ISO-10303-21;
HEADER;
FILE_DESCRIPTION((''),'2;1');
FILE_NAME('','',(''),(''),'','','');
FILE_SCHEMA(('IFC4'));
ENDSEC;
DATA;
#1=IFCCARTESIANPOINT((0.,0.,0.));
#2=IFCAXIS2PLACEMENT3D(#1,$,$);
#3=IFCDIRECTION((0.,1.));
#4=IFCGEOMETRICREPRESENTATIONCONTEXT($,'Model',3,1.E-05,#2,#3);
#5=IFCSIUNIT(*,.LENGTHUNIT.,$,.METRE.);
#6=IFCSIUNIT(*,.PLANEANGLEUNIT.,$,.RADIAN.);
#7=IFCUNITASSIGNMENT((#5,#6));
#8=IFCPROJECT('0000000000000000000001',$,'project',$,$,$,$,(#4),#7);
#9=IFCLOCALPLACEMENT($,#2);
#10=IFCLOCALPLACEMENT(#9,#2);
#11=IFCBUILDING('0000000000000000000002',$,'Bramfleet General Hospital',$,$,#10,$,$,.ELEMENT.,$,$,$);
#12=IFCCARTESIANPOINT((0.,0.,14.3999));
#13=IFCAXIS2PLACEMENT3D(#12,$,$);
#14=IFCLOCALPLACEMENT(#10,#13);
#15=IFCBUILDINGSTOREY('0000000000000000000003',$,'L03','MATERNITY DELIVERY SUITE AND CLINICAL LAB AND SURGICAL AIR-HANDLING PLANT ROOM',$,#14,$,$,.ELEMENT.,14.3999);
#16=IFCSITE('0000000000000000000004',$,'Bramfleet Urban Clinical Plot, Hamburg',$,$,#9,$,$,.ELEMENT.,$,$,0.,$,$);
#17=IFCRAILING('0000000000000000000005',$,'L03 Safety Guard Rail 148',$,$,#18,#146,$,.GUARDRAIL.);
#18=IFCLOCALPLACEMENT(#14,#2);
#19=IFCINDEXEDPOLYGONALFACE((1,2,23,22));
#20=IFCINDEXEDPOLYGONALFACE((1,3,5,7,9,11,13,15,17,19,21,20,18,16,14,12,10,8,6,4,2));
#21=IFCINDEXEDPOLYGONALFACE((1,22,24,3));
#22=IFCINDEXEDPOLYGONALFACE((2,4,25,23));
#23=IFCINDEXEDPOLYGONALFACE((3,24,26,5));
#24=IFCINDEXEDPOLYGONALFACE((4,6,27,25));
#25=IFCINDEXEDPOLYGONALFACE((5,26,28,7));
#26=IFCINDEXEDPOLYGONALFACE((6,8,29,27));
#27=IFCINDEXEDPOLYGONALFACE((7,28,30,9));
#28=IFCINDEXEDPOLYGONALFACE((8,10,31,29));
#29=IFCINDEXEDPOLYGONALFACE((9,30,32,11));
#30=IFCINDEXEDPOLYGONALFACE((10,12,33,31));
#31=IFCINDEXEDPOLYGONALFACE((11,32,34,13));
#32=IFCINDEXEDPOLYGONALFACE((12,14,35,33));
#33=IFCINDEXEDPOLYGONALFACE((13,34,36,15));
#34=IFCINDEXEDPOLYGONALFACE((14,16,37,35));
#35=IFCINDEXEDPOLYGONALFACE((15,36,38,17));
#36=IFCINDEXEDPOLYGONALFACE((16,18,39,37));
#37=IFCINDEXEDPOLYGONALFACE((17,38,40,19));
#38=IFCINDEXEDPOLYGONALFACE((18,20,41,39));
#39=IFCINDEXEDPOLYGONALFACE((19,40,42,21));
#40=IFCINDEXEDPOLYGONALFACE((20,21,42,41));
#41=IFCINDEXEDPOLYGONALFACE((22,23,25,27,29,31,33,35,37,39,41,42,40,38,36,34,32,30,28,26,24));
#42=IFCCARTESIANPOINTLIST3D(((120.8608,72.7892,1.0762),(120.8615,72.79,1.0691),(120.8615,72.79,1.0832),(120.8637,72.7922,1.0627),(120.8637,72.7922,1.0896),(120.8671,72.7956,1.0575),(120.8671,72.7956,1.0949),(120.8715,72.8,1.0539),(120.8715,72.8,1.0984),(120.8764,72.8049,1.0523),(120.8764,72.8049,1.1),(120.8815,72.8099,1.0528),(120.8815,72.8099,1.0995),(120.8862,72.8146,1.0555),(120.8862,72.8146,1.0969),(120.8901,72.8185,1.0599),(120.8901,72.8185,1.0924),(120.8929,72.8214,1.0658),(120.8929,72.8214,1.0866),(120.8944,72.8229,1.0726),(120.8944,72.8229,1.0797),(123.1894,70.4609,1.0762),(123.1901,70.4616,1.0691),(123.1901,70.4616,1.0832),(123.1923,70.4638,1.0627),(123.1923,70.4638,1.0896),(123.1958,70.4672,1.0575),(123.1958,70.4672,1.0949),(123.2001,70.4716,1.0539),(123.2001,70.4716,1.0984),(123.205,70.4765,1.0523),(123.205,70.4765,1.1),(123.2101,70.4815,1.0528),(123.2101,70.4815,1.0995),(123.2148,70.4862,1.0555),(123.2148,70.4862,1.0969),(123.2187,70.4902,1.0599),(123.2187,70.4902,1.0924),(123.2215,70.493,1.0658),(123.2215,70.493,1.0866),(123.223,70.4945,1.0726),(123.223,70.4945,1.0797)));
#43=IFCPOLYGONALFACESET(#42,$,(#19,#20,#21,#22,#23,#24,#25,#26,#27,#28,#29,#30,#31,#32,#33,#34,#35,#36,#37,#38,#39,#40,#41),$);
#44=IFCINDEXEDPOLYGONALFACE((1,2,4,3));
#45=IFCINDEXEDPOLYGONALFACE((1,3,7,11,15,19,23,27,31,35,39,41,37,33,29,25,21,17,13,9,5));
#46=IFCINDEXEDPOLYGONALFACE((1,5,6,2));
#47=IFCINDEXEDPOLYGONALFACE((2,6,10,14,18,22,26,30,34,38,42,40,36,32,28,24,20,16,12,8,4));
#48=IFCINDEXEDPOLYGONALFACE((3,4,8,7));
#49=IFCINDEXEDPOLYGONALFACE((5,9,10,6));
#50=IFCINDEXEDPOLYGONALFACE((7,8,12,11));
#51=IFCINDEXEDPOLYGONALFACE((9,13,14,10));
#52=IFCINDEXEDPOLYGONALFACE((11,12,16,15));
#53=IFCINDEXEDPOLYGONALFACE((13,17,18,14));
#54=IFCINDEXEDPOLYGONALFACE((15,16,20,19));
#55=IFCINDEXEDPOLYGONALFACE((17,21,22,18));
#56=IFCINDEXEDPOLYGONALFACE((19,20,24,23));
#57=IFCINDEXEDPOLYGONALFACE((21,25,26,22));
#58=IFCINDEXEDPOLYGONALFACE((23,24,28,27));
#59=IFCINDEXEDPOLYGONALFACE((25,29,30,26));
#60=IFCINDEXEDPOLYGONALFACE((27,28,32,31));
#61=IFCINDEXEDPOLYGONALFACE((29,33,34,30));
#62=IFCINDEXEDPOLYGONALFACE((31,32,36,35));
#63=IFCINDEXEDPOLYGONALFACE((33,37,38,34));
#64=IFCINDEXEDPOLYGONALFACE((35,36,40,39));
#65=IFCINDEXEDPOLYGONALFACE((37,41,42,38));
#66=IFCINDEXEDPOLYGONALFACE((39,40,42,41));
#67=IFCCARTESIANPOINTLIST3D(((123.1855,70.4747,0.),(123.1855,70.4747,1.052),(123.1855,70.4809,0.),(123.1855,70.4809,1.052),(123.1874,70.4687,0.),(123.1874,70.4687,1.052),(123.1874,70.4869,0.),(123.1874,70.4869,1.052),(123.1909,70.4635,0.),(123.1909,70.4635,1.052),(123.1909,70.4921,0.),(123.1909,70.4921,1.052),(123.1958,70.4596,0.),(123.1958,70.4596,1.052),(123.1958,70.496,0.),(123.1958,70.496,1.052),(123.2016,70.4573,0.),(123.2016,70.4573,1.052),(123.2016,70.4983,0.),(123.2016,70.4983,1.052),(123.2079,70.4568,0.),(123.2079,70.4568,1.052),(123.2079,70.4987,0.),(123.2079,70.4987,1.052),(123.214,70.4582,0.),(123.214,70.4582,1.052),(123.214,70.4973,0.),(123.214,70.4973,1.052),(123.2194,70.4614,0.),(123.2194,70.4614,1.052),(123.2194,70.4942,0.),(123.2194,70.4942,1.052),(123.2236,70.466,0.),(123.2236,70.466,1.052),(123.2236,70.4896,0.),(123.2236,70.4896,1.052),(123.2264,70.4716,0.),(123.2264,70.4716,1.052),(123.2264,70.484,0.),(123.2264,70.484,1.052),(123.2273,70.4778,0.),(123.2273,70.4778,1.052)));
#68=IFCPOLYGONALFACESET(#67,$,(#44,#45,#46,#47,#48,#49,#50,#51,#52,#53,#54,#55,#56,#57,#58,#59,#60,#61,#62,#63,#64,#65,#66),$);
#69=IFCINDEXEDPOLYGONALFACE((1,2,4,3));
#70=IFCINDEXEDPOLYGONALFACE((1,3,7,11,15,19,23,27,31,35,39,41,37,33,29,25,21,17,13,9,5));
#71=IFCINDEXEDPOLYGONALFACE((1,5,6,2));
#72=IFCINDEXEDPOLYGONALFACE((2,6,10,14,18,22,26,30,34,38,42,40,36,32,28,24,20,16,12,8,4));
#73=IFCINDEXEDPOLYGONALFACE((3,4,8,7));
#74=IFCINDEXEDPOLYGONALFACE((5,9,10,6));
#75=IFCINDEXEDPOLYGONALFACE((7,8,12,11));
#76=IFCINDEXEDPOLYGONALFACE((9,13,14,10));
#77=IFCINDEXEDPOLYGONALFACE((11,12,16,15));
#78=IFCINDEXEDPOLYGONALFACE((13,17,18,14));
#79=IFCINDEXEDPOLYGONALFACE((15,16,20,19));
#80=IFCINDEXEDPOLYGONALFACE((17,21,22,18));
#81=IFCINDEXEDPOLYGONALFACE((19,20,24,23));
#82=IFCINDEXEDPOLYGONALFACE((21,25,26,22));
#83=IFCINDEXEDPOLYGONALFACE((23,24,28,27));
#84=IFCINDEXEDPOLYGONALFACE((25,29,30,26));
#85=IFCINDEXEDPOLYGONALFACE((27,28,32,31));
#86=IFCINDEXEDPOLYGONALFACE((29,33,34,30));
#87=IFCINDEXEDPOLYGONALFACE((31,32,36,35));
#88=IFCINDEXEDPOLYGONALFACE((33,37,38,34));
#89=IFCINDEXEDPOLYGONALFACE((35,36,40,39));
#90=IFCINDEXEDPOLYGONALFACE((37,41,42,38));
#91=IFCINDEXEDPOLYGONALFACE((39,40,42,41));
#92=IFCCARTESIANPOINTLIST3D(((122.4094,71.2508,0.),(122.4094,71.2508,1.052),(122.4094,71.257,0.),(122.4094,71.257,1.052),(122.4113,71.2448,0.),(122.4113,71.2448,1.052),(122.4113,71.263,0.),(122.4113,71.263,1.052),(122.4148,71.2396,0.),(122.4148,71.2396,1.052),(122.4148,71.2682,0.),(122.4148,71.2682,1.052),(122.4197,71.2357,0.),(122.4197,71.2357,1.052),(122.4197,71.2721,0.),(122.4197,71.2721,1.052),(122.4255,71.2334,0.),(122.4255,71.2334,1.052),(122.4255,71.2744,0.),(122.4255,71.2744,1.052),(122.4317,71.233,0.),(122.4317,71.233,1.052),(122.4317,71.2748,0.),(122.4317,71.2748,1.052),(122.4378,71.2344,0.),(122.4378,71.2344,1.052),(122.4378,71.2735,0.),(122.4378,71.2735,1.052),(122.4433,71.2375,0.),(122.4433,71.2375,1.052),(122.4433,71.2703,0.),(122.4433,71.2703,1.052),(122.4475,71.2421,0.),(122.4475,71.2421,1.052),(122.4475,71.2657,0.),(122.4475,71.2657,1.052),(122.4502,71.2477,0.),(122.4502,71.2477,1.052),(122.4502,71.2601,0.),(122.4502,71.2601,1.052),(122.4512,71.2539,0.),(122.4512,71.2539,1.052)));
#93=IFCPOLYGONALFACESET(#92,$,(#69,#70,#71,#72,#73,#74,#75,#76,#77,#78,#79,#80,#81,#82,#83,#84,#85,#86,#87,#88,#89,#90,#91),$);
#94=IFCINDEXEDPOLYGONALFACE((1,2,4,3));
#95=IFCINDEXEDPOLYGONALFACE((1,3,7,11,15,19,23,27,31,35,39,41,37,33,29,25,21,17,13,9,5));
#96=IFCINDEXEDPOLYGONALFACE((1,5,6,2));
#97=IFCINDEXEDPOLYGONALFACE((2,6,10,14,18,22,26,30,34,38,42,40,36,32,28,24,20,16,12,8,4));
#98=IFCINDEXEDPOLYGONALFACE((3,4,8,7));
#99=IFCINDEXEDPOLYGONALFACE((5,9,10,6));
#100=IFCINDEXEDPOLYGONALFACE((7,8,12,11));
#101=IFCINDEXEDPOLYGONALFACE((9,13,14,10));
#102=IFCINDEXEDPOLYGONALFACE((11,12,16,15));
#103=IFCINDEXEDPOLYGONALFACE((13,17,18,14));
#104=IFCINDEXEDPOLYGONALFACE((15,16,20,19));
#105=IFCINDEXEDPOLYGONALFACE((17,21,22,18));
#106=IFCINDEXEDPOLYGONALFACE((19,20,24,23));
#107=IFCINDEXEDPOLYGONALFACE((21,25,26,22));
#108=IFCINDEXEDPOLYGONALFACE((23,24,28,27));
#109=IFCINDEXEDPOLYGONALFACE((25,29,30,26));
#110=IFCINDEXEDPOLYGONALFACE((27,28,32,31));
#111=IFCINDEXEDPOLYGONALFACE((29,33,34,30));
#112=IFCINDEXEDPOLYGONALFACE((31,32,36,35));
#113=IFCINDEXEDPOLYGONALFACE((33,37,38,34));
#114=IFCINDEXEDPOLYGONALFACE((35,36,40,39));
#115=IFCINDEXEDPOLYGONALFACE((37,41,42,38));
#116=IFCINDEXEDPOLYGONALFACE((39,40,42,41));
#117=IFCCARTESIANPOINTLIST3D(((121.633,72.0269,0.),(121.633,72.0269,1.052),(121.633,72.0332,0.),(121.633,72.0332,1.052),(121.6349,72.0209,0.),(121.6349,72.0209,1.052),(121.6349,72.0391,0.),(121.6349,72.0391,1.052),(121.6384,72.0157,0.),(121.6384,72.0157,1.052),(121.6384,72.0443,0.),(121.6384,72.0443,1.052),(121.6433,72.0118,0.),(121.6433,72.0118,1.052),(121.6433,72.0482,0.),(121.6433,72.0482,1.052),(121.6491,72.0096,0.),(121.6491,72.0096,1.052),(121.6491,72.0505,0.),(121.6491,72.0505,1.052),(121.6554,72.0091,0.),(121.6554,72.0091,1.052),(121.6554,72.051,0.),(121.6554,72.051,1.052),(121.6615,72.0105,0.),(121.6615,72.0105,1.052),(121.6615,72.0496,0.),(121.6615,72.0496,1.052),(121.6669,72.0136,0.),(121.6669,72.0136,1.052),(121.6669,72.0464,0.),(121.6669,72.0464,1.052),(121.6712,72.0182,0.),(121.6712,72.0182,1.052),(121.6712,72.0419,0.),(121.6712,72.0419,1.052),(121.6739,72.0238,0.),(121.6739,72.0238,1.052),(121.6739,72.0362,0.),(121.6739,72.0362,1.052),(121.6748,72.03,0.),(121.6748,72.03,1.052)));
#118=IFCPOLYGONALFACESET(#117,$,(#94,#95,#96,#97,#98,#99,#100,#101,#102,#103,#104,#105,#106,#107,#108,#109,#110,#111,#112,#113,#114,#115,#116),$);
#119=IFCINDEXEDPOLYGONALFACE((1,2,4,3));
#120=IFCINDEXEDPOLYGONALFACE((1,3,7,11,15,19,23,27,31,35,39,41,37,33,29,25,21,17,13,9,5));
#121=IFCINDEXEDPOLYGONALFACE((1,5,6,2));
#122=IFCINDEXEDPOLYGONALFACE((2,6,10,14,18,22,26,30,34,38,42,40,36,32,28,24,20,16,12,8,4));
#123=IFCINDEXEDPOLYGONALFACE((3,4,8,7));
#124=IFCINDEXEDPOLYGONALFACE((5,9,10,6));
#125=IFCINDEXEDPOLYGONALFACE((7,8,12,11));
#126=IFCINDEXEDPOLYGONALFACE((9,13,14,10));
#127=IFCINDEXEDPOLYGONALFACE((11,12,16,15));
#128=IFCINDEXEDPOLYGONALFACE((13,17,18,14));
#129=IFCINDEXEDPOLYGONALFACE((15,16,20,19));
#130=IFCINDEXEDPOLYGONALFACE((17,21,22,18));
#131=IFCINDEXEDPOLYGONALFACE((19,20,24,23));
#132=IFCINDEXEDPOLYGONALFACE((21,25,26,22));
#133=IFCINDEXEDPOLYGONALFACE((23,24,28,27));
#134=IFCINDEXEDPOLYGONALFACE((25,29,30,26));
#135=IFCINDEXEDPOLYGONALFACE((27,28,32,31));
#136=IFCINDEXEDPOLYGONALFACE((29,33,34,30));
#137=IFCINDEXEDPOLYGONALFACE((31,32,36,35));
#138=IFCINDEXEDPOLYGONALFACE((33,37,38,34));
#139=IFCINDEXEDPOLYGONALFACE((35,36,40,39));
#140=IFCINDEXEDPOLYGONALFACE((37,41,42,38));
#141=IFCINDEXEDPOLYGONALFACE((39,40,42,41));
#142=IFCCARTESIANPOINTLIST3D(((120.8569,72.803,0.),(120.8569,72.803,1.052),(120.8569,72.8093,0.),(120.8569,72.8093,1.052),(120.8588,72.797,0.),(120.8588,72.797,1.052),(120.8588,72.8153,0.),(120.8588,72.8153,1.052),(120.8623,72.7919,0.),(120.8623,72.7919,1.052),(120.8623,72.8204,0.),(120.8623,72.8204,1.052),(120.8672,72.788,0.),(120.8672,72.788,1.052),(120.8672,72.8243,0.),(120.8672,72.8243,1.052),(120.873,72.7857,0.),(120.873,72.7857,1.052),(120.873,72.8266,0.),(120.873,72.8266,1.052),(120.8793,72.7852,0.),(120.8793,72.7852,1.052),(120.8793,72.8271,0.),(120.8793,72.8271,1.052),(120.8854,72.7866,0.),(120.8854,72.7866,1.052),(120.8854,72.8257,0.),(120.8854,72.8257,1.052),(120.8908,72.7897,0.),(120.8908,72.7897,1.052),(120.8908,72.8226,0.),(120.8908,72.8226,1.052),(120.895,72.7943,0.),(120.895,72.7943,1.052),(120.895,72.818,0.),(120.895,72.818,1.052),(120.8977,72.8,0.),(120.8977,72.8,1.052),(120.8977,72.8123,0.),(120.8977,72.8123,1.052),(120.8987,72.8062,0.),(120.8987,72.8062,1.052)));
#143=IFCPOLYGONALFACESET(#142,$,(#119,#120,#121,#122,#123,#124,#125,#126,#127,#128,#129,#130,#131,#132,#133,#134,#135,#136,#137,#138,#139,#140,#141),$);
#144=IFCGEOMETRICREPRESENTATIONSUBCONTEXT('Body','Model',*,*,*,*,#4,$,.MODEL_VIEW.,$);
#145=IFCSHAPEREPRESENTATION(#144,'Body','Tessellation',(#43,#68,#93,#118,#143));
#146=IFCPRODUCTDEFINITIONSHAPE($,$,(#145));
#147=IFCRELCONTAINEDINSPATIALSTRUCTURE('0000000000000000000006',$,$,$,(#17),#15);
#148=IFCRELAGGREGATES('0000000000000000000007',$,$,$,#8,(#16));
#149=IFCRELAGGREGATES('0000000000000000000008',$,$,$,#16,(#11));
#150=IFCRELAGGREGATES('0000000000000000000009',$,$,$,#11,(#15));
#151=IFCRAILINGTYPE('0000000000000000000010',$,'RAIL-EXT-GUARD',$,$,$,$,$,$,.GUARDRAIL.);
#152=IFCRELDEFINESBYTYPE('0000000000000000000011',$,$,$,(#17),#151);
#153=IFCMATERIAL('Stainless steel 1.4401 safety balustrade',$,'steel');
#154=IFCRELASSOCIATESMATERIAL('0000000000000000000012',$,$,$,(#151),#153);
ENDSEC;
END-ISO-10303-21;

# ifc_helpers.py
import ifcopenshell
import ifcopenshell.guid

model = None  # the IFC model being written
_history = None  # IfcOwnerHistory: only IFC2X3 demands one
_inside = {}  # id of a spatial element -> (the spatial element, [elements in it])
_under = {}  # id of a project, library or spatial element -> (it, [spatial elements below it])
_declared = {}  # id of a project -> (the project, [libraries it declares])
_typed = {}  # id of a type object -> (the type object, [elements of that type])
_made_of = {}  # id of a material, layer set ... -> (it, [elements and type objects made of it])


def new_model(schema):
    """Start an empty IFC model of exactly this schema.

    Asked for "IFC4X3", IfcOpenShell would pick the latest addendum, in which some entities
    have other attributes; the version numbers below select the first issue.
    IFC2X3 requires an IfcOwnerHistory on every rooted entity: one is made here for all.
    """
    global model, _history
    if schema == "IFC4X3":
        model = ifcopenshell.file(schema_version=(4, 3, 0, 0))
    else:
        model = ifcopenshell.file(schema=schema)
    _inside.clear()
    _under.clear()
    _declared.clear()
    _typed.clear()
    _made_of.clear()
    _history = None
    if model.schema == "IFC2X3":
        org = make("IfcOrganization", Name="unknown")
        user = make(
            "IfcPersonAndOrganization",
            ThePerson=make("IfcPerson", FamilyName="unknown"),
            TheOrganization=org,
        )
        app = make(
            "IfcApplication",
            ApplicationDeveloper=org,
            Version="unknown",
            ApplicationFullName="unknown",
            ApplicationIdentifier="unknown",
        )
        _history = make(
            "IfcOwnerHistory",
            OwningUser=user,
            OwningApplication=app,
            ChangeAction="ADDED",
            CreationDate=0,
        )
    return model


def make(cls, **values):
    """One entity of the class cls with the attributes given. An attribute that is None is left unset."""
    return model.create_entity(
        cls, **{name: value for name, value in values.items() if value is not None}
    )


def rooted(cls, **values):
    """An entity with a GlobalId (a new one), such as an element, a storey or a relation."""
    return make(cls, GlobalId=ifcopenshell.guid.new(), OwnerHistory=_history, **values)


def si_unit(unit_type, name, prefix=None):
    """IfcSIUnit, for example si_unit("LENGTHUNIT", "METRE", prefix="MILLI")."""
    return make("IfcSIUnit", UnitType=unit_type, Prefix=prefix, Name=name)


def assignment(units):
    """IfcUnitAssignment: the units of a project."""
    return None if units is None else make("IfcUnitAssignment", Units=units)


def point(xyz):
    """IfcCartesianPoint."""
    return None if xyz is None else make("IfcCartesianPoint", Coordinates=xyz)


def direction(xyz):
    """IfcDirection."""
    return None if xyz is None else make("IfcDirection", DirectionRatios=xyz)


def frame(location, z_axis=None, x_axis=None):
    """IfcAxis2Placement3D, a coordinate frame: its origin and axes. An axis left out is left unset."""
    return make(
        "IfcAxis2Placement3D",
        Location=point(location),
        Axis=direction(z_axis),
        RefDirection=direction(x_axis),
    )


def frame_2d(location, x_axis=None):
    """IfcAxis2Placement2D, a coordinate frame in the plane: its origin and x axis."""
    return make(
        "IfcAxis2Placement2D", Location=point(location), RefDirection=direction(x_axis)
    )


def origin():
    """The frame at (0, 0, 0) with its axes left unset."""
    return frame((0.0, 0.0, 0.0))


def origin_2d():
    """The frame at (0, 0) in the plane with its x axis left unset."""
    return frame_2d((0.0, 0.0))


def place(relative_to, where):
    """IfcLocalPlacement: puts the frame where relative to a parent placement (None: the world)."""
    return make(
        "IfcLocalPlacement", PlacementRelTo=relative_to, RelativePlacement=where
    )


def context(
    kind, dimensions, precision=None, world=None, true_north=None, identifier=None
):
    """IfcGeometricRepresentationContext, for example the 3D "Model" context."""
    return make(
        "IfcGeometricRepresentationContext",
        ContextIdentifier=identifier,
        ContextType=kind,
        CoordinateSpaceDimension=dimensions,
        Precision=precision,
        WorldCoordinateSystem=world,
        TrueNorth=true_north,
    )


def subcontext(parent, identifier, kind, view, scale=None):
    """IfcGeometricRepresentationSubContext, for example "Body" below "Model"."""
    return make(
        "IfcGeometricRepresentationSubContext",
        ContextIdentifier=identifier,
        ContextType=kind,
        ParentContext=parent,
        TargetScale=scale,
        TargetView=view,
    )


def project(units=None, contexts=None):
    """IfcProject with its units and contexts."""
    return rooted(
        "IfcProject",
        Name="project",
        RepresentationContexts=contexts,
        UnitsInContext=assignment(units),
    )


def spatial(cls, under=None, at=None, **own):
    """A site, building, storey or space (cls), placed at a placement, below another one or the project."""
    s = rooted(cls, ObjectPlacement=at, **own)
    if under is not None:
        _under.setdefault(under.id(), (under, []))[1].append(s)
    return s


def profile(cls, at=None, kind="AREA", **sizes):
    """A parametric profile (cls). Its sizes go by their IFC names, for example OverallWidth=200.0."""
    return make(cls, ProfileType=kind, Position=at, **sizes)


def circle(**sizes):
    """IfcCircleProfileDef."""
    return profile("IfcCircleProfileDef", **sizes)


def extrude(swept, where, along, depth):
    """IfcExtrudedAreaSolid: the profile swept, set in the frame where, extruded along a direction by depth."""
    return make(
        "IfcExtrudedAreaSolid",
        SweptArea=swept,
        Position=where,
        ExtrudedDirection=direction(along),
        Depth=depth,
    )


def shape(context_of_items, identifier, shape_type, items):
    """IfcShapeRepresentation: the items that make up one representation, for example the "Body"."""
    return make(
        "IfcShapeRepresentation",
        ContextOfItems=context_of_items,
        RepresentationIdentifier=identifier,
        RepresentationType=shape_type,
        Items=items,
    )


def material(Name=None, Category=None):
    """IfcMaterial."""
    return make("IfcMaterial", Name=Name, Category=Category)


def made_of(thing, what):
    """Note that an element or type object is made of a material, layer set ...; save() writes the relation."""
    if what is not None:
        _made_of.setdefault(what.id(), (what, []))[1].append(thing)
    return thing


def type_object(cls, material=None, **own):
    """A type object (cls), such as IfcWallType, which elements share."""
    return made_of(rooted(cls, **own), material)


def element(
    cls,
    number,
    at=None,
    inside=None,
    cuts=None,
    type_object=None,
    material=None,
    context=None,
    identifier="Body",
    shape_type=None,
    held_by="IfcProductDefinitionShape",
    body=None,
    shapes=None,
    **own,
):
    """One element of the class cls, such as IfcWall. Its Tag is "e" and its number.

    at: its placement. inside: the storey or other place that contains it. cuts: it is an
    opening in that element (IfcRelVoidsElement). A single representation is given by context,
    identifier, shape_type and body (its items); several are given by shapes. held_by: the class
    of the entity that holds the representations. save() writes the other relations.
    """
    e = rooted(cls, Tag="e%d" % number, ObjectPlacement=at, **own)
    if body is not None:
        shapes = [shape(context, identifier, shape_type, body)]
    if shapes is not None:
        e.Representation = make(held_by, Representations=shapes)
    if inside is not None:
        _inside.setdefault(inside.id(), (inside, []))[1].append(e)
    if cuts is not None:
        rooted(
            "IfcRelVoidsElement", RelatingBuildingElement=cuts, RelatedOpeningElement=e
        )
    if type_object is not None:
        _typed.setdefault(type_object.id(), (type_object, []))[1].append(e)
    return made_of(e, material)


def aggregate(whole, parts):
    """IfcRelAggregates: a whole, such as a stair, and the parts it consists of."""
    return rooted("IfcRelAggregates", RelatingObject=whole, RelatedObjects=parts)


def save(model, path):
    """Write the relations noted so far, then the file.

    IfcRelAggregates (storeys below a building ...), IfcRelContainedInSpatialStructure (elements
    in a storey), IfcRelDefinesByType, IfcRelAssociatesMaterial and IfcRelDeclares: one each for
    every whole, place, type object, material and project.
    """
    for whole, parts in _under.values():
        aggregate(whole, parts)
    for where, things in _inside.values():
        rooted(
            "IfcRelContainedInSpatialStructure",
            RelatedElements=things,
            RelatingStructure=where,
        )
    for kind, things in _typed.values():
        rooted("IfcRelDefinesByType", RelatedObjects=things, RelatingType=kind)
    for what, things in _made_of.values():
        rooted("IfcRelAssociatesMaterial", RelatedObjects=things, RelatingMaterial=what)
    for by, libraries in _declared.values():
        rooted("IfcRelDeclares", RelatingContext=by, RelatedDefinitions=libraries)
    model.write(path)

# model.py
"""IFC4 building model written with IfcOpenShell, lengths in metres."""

from ifc_helpers import new_model, si_unit, direction, frame, origin, origin_2d, place, context, subcontext, project, spatial, circle, extrude, material, type_object, element, save


model = new_model("IFC4")

# Units and contexts
model_context = context("Model", 3, precision=1e-05, world=origin(), true_north=direction((0.0, 1.0)))
body_context = subcontext(model_context, "Body", "Model", "MODEL_VIEW")
ifc_project = project(units=[si_unit("LENGTHUNIT", "METRE"), si_unit("PLANEANGLEUNIT", "RADIAN")], contexts=[model_context])

# Site, building, storey
site_placement = place(None, origin())
site = spatial("IfcSite", under=ifc_project, at=site_placement, Name="Bramfleet Urban Clinical Plot, Hamburg", CompositionType="ELEMENT", RefElevation=0.0)
building_placement = place(site_placement, origin())
building = spatial("IfcBuilding", under=site, at=building_placement, Name="Bramfleet General Hospital", CompositionType="ELEMENT")
storey_placement = place(building_placement, frame((0.0, 0.0, 14.3999)))
storey = spatial("IfcBuildingStorey", under=building, at=storey_placement, Name="L03", Description="MATERNITY DELIVERY SUITE AND CLINICAL LAB AND SURGICAL AIR-HANDLING PLANT ROOM", CompositionType="ELEMENT", Elevation=14.3999)

# Railing
ifc_material_1 = material(Name="Stainless steel 1.4401 safety balustrade", Category="steel")
railing_type = type_object("IfcRailingType", Name="RAIL-EXT-GUARD", PredefinedType="GUARDRAIL", material=ifc_material_1)
railing_placement = place(storey_placement, frame((123.2063, 70.4778, 0.0)))
element("IfcRailing", 1, at=railing_placement, inside=storey, type_object=railing_type, Name="L03 Safety Guard Rail 148", PredefinedType="GUARDRAIL", context=body_context, shape_type="SweptSolid", body=[
    extrude(circle(Radius=0.0239, at=origin_2d()), frame((0.0, 0.0, 1.0762), z_axis=(-0.707144, 0.70707, 0.0), x_axis=(-0.70707, -0.707144, 0.0)), (0.0, 0.0, 1.0), 3.293),
    extrude(circle(Radius=0.021, at=origin_2d()), origin(), (0.0, 0.0, 1.0), 1.052),
    extrude(circle(Radius=0.021, at=origin_2d()), frame((-0.7761, 0.7761, 0.0)), (0.0, 0.0, 1.0), 1.052),
    extrude(circle(Radius=0.021, at=origin_2d()), frame((-1.5525, 1.5522, 0.0)), (0.0, 0.0, 1.0), 1.052),
    extrude(circle(Radius=0.021, at=origin_2d()), frame((-2.3286, 2.3284, 0.0)), (0.0, 0.0, 1.0), 1.052),
])

save(model, "model.ifc")
